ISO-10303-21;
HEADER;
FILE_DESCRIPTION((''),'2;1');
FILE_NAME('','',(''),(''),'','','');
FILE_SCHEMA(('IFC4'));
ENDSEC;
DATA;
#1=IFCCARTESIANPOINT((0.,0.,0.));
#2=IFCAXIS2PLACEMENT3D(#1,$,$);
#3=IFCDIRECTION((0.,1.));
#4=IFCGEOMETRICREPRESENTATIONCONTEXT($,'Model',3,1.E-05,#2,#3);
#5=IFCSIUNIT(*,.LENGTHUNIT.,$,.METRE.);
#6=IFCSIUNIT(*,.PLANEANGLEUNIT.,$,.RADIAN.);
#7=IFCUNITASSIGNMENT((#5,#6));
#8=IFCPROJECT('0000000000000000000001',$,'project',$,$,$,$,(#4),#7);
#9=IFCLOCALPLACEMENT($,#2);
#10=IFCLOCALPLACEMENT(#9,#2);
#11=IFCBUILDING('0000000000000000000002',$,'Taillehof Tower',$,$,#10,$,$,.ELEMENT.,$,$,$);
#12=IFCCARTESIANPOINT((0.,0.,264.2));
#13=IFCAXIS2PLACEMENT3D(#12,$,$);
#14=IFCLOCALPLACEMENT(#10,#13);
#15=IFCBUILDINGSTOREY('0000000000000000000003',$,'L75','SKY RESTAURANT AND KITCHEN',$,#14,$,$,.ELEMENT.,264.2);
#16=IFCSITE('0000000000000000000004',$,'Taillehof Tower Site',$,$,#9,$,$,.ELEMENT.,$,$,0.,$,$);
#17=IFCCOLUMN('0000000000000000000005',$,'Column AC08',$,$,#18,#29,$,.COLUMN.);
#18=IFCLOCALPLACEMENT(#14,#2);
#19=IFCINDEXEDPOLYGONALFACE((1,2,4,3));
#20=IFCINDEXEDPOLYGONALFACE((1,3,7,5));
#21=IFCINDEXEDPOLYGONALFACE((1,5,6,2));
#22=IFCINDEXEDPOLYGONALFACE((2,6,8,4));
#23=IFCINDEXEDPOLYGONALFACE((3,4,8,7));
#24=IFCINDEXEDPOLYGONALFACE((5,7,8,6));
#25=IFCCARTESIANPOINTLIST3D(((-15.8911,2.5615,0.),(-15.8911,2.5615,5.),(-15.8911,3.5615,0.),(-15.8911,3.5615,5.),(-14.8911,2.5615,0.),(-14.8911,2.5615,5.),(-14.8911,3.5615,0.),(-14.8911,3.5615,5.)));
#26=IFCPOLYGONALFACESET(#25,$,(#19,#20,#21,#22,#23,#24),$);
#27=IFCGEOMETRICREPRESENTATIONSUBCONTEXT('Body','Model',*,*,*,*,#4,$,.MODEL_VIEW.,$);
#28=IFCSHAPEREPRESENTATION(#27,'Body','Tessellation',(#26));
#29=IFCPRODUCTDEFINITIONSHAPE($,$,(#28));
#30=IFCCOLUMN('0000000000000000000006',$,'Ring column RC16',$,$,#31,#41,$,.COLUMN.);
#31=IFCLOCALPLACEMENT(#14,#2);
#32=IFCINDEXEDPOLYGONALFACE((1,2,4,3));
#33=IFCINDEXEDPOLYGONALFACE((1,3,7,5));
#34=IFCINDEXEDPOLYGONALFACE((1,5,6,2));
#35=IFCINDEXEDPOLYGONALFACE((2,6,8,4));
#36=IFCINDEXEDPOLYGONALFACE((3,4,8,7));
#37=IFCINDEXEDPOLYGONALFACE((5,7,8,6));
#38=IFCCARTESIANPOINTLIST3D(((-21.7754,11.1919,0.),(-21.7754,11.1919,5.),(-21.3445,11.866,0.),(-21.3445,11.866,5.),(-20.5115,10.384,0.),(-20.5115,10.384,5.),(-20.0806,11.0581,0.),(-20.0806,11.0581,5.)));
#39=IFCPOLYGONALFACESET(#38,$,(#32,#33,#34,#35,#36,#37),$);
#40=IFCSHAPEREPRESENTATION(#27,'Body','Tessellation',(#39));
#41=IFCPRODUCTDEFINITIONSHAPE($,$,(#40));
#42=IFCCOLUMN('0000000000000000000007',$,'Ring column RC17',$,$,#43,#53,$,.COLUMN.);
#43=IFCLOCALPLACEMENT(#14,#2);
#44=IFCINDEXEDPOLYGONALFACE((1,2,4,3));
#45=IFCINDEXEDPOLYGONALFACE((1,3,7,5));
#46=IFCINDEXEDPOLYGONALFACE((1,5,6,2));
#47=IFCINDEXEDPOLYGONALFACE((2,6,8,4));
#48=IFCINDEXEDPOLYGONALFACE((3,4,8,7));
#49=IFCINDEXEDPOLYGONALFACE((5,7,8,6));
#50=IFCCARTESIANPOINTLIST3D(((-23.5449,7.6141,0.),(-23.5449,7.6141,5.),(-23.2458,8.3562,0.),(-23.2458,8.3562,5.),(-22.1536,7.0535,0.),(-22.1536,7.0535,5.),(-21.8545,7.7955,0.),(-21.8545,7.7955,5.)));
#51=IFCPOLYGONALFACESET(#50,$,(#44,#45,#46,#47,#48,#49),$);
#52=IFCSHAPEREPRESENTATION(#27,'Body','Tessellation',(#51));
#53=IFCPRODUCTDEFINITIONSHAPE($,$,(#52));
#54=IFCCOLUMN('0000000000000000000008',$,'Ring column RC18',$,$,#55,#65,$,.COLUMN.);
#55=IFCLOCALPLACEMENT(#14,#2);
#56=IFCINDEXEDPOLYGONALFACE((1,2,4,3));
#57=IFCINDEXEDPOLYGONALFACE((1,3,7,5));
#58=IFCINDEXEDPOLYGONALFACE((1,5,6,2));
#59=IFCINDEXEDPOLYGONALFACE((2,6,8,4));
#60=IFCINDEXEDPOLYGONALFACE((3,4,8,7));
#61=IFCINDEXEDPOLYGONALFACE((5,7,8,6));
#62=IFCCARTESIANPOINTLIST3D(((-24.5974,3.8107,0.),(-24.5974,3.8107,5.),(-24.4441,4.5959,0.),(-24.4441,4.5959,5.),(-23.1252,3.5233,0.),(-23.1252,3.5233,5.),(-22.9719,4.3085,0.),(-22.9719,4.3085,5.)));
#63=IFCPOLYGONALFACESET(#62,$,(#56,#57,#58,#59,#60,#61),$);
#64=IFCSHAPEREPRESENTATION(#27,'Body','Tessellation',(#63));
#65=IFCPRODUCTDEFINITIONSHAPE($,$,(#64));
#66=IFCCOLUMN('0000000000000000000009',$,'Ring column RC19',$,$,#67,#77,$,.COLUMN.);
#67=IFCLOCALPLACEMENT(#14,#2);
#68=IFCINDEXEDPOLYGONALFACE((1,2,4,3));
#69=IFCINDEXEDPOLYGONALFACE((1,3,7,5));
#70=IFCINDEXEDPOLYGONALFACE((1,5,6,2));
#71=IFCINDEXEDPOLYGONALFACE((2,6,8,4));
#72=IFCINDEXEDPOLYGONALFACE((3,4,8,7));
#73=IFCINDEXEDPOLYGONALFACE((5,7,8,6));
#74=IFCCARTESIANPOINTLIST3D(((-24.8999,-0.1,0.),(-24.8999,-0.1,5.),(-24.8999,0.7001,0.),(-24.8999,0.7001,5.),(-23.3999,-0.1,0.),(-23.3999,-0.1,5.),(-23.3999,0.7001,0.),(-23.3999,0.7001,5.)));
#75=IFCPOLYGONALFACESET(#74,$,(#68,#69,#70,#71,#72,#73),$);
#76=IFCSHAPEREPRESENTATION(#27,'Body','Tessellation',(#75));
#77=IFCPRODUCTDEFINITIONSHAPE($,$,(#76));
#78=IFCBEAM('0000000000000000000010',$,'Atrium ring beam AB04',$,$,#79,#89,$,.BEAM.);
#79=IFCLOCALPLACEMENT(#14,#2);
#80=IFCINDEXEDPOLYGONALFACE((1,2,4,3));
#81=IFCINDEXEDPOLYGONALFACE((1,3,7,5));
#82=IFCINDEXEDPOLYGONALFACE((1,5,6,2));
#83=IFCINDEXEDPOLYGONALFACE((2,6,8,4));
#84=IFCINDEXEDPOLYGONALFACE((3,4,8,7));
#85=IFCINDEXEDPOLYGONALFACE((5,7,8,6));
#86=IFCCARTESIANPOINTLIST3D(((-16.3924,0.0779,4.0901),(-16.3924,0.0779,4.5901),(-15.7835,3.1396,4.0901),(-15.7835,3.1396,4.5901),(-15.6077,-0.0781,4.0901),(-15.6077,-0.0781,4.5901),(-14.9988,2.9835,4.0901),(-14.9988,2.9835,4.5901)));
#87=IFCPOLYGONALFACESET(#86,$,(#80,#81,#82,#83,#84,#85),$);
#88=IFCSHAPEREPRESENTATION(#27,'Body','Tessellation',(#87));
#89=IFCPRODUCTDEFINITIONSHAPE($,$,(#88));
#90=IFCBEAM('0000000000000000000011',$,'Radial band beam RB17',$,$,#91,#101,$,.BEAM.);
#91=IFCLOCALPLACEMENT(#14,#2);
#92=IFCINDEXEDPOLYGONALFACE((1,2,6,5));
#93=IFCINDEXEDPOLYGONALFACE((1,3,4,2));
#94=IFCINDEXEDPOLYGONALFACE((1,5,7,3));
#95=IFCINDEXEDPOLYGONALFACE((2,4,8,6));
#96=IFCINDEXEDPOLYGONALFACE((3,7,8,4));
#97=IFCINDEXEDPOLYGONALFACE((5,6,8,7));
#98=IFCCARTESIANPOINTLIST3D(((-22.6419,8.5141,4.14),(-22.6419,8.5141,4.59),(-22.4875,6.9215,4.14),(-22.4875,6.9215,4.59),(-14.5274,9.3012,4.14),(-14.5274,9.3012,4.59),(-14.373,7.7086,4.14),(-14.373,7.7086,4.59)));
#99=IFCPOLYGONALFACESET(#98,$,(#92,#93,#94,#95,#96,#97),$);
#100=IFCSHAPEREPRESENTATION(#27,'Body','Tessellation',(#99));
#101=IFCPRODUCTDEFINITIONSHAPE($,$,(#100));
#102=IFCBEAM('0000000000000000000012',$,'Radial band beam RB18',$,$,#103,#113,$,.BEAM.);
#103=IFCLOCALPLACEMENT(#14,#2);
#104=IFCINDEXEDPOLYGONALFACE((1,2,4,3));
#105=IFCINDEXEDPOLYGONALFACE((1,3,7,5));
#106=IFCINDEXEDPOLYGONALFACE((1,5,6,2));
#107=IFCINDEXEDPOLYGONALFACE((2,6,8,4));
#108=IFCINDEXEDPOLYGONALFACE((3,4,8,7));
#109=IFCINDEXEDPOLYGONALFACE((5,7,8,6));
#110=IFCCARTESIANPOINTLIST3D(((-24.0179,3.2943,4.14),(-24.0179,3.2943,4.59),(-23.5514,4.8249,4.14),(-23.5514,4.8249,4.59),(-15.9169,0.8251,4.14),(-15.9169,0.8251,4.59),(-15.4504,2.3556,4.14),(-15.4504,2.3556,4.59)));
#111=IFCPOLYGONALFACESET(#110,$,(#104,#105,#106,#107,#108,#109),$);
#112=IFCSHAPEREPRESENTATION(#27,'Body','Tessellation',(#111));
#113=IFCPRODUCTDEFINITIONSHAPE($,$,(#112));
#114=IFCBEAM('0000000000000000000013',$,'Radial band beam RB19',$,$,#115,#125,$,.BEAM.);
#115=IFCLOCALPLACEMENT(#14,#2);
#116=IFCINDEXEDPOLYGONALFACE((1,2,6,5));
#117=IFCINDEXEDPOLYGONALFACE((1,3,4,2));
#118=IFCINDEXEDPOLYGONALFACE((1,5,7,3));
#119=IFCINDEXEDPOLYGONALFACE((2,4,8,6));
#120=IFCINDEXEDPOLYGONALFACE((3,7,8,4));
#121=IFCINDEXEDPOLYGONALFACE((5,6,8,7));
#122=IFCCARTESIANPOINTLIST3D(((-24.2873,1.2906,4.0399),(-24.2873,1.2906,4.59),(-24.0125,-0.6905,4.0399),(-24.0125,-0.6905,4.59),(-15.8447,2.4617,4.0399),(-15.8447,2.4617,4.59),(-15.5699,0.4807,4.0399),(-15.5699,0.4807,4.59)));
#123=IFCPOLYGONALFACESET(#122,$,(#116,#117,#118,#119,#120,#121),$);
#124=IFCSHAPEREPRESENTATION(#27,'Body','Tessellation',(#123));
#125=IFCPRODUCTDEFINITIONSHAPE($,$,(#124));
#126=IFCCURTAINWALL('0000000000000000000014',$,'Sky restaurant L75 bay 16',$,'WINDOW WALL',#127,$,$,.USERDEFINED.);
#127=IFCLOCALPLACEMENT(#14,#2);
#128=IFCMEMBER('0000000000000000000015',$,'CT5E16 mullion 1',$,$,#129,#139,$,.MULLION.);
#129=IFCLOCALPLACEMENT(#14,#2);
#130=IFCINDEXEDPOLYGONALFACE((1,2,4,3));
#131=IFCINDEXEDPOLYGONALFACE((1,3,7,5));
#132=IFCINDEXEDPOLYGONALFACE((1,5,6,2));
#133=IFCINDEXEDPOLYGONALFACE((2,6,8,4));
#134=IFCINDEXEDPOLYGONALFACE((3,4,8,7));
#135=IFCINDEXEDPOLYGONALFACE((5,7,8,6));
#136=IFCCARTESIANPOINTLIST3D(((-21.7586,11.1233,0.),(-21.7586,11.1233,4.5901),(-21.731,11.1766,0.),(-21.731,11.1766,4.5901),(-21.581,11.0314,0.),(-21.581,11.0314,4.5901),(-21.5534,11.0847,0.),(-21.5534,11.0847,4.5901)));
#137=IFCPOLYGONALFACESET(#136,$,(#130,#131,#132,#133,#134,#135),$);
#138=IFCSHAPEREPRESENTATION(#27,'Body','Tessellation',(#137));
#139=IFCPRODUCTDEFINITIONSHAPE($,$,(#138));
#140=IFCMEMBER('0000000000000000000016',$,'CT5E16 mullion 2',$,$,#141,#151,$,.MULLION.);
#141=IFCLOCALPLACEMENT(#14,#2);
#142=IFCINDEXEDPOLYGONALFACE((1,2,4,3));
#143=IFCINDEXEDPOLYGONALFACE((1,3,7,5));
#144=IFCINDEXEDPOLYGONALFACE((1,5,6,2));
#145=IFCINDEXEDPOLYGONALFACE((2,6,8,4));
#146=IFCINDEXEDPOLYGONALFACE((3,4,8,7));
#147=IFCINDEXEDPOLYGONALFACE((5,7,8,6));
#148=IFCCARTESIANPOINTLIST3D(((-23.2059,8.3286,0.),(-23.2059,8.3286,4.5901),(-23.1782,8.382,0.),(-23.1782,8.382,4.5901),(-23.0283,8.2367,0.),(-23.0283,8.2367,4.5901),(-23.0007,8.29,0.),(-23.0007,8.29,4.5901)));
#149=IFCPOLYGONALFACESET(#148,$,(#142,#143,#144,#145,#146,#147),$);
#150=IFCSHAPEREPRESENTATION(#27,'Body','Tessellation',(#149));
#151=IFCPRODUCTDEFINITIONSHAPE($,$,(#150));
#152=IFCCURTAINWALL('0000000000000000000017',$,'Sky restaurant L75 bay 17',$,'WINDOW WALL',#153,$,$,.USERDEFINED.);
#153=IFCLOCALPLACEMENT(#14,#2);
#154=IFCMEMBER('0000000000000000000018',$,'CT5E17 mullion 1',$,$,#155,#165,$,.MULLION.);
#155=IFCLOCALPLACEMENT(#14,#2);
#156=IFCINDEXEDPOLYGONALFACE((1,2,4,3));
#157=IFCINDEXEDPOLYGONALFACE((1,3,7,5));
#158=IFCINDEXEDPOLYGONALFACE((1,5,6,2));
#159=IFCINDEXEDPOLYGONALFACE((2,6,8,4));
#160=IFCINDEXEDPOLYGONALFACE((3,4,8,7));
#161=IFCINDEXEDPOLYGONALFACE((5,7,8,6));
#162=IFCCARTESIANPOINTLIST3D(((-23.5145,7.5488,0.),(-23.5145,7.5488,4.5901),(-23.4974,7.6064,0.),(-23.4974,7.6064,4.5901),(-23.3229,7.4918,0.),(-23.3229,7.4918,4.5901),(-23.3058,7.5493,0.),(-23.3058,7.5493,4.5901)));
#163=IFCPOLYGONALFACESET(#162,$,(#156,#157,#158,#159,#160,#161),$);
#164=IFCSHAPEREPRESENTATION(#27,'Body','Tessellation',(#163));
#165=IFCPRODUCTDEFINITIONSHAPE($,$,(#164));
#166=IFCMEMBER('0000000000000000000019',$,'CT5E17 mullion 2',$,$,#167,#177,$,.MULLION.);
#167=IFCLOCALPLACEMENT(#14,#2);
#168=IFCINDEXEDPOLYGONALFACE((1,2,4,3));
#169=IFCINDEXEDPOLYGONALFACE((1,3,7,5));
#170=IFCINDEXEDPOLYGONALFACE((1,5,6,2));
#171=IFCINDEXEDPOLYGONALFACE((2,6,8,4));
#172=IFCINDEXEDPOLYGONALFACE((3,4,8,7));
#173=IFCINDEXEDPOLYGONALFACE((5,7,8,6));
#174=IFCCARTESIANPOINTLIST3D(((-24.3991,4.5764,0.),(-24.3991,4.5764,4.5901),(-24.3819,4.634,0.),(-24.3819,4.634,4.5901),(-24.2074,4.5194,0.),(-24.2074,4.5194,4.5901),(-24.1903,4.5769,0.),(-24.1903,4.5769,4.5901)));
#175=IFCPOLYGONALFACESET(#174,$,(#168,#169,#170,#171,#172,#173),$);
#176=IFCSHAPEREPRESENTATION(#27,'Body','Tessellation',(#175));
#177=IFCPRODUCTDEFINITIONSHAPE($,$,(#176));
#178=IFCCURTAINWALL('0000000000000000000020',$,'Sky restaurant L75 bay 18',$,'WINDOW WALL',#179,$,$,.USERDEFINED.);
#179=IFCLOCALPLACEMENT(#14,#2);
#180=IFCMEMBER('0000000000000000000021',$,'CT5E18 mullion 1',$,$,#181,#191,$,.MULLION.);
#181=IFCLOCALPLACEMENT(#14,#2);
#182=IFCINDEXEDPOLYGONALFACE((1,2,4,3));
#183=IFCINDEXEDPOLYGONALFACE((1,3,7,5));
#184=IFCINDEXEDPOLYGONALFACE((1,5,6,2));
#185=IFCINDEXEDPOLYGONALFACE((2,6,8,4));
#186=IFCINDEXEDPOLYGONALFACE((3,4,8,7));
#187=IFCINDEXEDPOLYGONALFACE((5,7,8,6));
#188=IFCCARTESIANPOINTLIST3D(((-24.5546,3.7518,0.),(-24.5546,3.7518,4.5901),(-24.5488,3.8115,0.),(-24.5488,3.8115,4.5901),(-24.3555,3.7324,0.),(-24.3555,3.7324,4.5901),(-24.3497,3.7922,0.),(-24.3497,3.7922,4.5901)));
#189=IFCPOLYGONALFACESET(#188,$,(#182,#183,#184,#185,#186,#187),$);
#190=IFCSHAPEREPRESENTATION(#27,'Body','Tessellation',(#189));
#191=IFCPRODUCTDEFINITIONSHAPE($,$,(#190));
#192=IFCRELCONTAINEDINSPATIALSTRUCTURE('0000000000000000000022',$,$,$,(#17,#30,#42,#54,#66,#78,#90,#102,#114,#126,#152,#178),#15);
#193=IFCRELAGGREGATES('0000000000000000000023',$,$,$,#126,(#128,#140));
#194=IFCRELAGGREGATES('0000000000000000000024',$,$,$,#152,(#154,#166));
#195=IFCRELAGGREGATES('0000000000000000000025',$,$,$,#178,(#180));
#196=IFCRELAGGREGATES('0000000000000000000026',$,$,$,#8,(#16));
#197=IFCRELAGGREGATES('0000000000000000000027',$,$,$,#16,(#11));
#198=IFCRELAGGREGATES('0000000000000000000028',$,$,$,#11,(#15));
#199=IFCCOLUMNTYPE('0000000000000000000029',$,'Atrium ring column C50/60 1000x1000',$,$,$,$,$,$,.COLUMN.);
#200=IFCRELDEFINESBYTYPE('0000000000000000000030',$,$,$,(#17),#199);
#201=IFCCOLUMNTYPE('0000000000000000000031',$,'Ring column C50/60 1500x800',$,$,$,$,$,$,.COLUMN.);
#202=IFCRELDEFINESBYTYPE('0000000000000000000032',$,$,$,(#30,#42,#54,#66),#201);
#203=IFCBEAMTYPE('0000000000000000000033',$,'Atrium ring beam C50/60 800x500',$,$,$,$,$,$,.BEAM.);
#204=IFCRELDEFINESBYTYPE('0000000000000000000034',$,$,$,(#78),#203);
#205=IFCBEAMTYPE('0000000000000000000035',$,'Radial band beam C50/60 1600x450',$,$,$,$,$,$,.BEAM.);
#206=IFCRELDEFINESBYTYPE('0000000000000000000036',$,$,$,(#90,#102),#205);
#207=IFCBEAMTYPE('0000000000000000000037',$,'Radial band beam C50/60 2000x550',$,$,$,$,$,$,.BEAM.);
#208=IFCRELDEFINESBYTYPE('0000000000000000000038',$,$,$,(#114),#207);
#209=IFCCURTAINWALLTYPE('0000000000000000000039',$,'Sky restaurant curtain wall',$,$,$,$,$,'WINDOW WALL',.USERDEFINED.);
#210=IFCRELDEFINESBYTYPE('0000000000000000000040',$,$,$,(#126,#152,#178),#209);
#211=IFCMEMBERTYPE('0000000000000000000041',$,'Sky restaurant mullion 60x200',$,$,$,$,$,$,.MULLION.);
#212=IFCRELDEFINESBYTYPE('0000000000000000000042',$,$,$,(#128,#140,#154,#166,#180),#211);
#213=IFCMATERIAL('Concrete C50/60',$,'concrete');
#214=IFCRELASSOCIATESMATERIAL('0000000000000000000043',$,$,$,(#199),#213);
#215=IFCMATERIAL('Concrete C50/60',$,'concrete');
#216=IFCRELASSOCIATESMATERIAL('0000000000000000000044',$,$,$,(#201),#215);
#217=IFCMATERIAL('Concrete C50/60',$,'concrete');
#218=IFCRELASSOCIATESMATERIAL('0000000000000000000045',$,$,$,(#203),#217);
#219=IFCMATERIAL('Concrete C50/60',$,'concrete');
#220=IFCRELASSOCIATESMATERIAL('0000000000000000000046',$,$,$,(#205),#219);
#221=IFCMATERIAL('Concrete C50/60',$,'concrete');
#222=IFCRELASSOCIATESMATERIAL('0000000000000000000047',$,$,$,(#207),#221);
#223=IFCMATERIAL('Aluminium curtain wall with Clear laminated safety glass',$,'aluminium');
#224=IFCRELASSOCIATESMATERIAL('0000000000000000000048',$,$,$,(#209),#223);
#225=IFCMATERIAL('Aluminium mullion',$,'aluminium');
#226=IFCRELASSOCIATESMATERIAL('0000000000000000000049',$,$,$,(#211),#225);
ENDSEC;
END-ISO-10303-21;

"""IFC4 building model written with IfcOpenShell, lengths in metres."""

from ifc_helpers import new_model, si_unit, direction, frame, origin, origin_2d, place, context, subcontext, project, spatial, rectangle, extrude, material, material_profile, profile_set, type_object, element, aggregate, save


model = new_model("IFC4")

# Units and contexts
model_context = context("Model", 3, precision=1e-05, world=origin(), true_north=direction((0.0, 1.0)))
body_context = subcontext(model_context, "Body", "Model", "MODEL_VIEW")
ifc_project = project(units=[si_unit("LENGTHUNIT", "METRE"), si_unit("PLANEANGLEUNIT", "RADIAN")], contexts=[model_context])

# Site, building, storey
site_placement = place(None, origin())
site = spatial("IfcSite", under=ifc_project, at=site_placement, Name="Taillehof Tower Site", CompositionType="ELEMENT", RefElevation=0.0)
building_placement = place(site_placement, origin())
building = spatial("IfcBuilding", under=site, at=building_placement, Name="Taillehof Tower", CompositionType="ELEMENT")
storey_placement = place(building_placement, frame((0.0, 0.0, 264.2)))
storey = spatial("IfcBuildingStorey", under=building, at=storey_placement, Name="L75", Description="SKY RESTAURANT AND KITCHEN", CompositionType="ELEMENT", Elevation=264.2)

# Columns
ifc_material_1 = material(Name="Concrete C50/60", Category="concrete")
ifc_material_profile_1 = material_profile(ifc_material_1, rectangle(XDim=1.0, YDim=1.0, at=origin_2d()), Name="RC 1000x1000")
ifc_profile_set_1 = profile_set([ifc_material_profile_1], Name="Concrete C50/60")
column_type_1 = type_object("IfcColumnType", Name="Atrium ring column C50/60 1000x1000", PredefinedType="COLUMN", material=ifc_profile_set_1)
column_placement = place(storey_placement, frame((-15.3911, 3.0615, 0.0), z_axis=(0.0, 0.0, 1.0), x_axis=(1.0, 0.0, 0.0)))
element("IfcColumn", 1, at=column_placement, inside=storey, type_object=column_type_1, Name="Column AC08", PredefinedType="COLUMN", context=body_context, shape_type="SweptSolid", body=[
    extrude(rectangle(XDim=1.0, YDim=1.0, at=origin_2d()), origin(), (0.0, 0.0, 1.0), 5.0),
])
ifc_material_2 = material(Name="Concrete C50/60", Category="concrete")
ifc_material_profile_2 = material_profile(ifc_material_2, rectangle(XDim=1.5, YDim=0.8, at=origin_2d()), Name="RC 1500x800")
ifc_profile_set_2 = profile_set([ifc_material_profile_2], Name="Concrete C50/60")
column_type_2 = type_object("IfcColumnType", Name="Ring column C50/60 1500x800", PredefinedType="COLUMN", material=ifc_profile_set_2)
for number, where, z_axis, x_axis, name in (
    (2, (-20.928, 11.125, 0.0), (0.0, 0.0, 1.0), (-0.842574, 0.538581, 0.0), "Ring column RC16"),
    (3, (-22.6997, 7.7048, 0.0), (0.0, 0.0, 1.0), (-0.927525, 0.373762, 0.0), "Ring column RC17"),
    (4, (-23.7847, 4.0596, 0.0), (0.0, 0.0, 1.0), (-0.981473, 0.191602, 0.0), "Ring column RC18"),
    (5, (-24.1499, 0.3, 0.0), (0.0, 0.0, 1.0), (-1.0, 0.0, 0.0), "Ring column RC19"),
):
    element("IfcColumn", number, at=place(storey_placement, frame(where, z_axis=z_axis, x_axis=x_axis)), inside=storey, type_object=column_type_2, Name=name, PredefinedType="COLUMN", context=body_context, shape_type="SweptSolid", body=[
        extrude(rectangle(XDim=1.5, YDim=0.8, at=origin_2d()), origin(), (0.0, 0.0, 1.0), 5.0),
    ])

# Beams
ifc_material_3 = material(Name="Concrete C50/60", Category="concrete")
ifc_material_profile_3 = material_profile(ifc_material_3, rectangle(XDim=0.8, YDim=0.5, at=origin_2d()), Name="RC 800x500")
ifc_profile_set_3 = profile_set([ifc_material_profile_3], Name="Concrete C50/60")
beam_type_1 = type_object("IfcBeamType", Name="Atrium ring beam C50/60 800x500", PredefinedType="BEAM", material=ifc_profile_set_3)
beam_1_placement = place(storey_placement, frame((-15.3911, 3.0615, 4.3401), z_axis=(-0.195063, -0.980791, 0.0), x_axis=(0.980791, -0.195063, 0.0)))
element("IfcBeam", 6, at=beam_1_placement, inside=storey, type_object=beam_type_1, Name="Atrium ring beam AB04", PredefinedType="BEAM", context=body_context, shape_type="SweptSolid", body=[
    extrude(rectangle(XDim=0.8, YDim=0.5, at=origin_2d()), origin(), (0.0, 0.0, 1.0), 3.1216),
])
ifc_material_4 = material(Name="Concrete C50/60", Category="concrete")
ifc_material_profile_4 = material_profile(ifc_material_4, rectangle(XDim=1.6001, YDim=0.45, at=origin_2d()), Name="RC 1600x450")
ifc_profile_set_4 = profile_set([ifc_material_profile_4], Name="Concrete C50/60")
beam_type_2 = type_object("IfcBeamType", Name="Radial band beam C50/60 1600x450", PredefinedType="BEAM", material=ifc_profile_set_4)
beam_2_placement = place(storey_placement, frame((-22.5647, 7.7178, 4.365), z_axis=(0.995328, 0.096547, 0.0), x_axis=(-0.096547, 0.995328, 0.0)))
element("IfcBeam", 7, at=beam_2_placement, inside=storey, type_object=beam_type_2, Name="Radial band beam RB17", PredefinedType="BEAM", context=body_context, shape_type="SweptSolid", body=[
    extrude(rectangle(XDim=1.6001, YDim=0.45, at=origin_2d()), origin(), (0.0, 0.0, 1.0), 8.1526),
])
beam_3_placement = place(storey_placement, frame((-23.7847, 4.0596, 4.365), z_axis=(0.956552, -0.291561, 0.0), x_axis=(0.291561, 0.956552, 0.0)))
element("IfcBeam", 8, at=beam_3_placement, inside=storey, type_object=beam_type_2, Name="Radial band beam RB18", PredefinedType="BEAM", context=body_context, shape_type="SweptSolid", body=[
    extrude(rectangle(XDim=1.6001, YDim=0.45, at=origin_2d()), origin(), (0.0, 0.0, 1.0), 8.469),
])
ifc_material_5 = material(Name="Concrete C50/60", Category="concrete")
ifc_material_profile_5 = material_profile(ifc_material_5, rectangle(XDim=2.0, YDim=0.55, at=origin_2d()), Name="RC 2000x550")
ifc_profile_set_5 = profile_set([ifc_material_profile_5], Name="Concrete C50/60")
beam_type_3 = type_object("IfcBeamType", Name="Radial band beam C50/60 2000x550", PredefinedType="BEAM", material=ifc_profile_set_5)
beam_4_placement = place(storey_placement, frame((-24.1499, 0.3, 4.3149), z_axis=(0.990515, 0.137402, 0.0), x_axis=(-0.137402, 0.990515, 0.0)))
element("IfcBeam", 9, at=beam_4_placement, inside=storey, type_object=beam_type_3, Name="Radial band beam RB19", PredefinedType="BEAM", context=body_context, shape_type="SweptSolid", body=[
    extrude(rectangle(XDim=2.0, YDim=0.55, at=origin_2d()), origin(), (0.0, 0.0, 1.0), 8.5234),
])

# Curtain walls, members
ifc_material_6 = material(Name="Aluminium curtain wall with Clear laminated safety glass", Category="aluminium")
curtain_wall_type = type_object("IfcCurtainWallType", Name="Sky restaurant curtain wall", ElementType="WINDOW WALL", PredefinedType="USERDEFINED", material=ifc_material_6)
curtain_wall_1_placement = place(storey_placement, origin())
curtain_wall_1 = element("IfcCurtainWall", 10, at=curtain_wall_1_placement, inside=storey, type_object=curtain_wall_type, Name="Sky restaurant L75 bay 16", ObjectType="WINDOW WALL", PredefinedType="USERDEFINED")
ifc_material_7 = material(Name="Aluminium mullion", Category="aluminium")
ifc_material_profile_6 = material_profile(ifc_material_7, rectangle(XDim=0.2, YDim=0.0601, at=origin_2d()), Name="AL 60x200")
ifc_profile_set_6 = profile_set([ifc_material_profile_6], Name="Aluminium mullion")
member_type_1 = type_object("IfcMemberType", Name="Sky restaurant mullion 60x200", PredefinedType="MULLION", material=ifc_profile_set_6)
member_1_placement = place(storey_placement, frame((-21.656, 11.104, 0.0), z_axis=(0.0, 0.0, 1.0), x_axis=(0.887975, -0.459891, 0.0)))
member_1 = element("IfcMember", 11, at=member_1_placement, type_object=member_type_1, Name="CT5E16 mullion 1", PredefinedType="MULLION", context=body_context, shape_type="SweptSolid", body=[
    extrude(rectangle(XDim=0.2, YDim=0.0601, at=origin_2d()), origin(), (0.0, 0.0, 1.0), 4.5901),
])
member_2_placement = place(storey_placement, frame((-23.1033, 8.3093, 0.0), z_axis=(0.0, 0.0, 1.0), x_axis=(0.887975, -0.459891, 0.0)))
member_2 = element("IfcMember", 12, at=member_2_placement, type_object=member_type_1, Name="CT5E16 mullion 2", PredefinedType="MULLION", context=body_context, shape_type="SweptSolid", body=[
    extrude(rectangle(XDim=0.2, YDim=0.0601, at=origin_2d()), origin(), (0.0, 0.0, 1.0), 4.5901),
])
curtain_wall_2_placement = place(storey_placement, origin())
curtain_wall_2 = element("IfcCurtainWall", 13, at=curtain_wall_2_placement, inside=storey, type_object=curtain_wall_type, Name="Sky restaurant L75 bay 17", ObjectType="WINDOW WALL", PredefinedType="USERDEFINED")
member_3_placement = place(storey_placement, frame((-23.4102, 7.5491, 0.0), z_axis=(0.0, 0.0, 1.0), x_axis=(0.958457, -0.285236, 0.0)))
member_3 = element("IfcMember", 14, at=member_3_placement, type_object=member_type_1, Name="CT5E17 mullion 1", PredefinedType="MULLION", context=body_context, shape_type="SweptSolid", body=[
    extrude(rectangle(XDim=0.2, YDim=0.0601, at=origin_2d()), origin(), (0.0, 0.0, 1.0), 4.5901),
])
member_4_placement = place(storey_placement, frame((-24.2947, 4.5767, 0.0), z_axis=(0.0, 0.0, 1.0), x_axis=(0.958457, -0.285236, 0.0)))
member_4 = element("IfcMember", 15, at=member_4_placement, type_object=member_type_1, Name="CT5E17 mullion 2", PredefinedType="MULLION", context=body_context, shape_type="SweptSolid", body=[
    extrude(rectangle(XDim=0.2, YDim=0.0601, at=origin_2d()), origin(), (0.0, 0.0, 1.0), 4.5901),
])
curtain_wall_3_placement = place(storey_placement, origin())
curtain_wall_3 = element("IfcCurtainWall", 16, at=curtain_wall_3_placement, inside=storey, type_object=curtain_wall_type, Name="Sky restaurant L75 bay 18", ObjectType="WINDOW WALL", PredefinedType="USERDEFINED")
member_5_placement = place(storey_placement, frame((-24.4521, 3.772, 0.0), z_axis=(0.0, 0.0, 1.0), x_axis=(0.995312, -0.096714, 0.0)))
member_5 = element("IfcMember", 17, at=member_5_placement, type_object=member_type_1, Name="CT5E18 mullion 1", PredefinedType="MULLION", context=body_context, shape_type="SweptSolid", body=[
    extrude(rectangle(XDim=0.2, YDim=0.0601, at=origin_2d()), origin(), (0.0, 0.0, 1.0), 4.5901),
])

aggregate(curtain_wall_1, [member_1, member_2])
aggregate(curtain_wall_2, [member_3, member_4])
aggregate(curtain_wall_3, [member_5])

save(model, "model.ifc")
